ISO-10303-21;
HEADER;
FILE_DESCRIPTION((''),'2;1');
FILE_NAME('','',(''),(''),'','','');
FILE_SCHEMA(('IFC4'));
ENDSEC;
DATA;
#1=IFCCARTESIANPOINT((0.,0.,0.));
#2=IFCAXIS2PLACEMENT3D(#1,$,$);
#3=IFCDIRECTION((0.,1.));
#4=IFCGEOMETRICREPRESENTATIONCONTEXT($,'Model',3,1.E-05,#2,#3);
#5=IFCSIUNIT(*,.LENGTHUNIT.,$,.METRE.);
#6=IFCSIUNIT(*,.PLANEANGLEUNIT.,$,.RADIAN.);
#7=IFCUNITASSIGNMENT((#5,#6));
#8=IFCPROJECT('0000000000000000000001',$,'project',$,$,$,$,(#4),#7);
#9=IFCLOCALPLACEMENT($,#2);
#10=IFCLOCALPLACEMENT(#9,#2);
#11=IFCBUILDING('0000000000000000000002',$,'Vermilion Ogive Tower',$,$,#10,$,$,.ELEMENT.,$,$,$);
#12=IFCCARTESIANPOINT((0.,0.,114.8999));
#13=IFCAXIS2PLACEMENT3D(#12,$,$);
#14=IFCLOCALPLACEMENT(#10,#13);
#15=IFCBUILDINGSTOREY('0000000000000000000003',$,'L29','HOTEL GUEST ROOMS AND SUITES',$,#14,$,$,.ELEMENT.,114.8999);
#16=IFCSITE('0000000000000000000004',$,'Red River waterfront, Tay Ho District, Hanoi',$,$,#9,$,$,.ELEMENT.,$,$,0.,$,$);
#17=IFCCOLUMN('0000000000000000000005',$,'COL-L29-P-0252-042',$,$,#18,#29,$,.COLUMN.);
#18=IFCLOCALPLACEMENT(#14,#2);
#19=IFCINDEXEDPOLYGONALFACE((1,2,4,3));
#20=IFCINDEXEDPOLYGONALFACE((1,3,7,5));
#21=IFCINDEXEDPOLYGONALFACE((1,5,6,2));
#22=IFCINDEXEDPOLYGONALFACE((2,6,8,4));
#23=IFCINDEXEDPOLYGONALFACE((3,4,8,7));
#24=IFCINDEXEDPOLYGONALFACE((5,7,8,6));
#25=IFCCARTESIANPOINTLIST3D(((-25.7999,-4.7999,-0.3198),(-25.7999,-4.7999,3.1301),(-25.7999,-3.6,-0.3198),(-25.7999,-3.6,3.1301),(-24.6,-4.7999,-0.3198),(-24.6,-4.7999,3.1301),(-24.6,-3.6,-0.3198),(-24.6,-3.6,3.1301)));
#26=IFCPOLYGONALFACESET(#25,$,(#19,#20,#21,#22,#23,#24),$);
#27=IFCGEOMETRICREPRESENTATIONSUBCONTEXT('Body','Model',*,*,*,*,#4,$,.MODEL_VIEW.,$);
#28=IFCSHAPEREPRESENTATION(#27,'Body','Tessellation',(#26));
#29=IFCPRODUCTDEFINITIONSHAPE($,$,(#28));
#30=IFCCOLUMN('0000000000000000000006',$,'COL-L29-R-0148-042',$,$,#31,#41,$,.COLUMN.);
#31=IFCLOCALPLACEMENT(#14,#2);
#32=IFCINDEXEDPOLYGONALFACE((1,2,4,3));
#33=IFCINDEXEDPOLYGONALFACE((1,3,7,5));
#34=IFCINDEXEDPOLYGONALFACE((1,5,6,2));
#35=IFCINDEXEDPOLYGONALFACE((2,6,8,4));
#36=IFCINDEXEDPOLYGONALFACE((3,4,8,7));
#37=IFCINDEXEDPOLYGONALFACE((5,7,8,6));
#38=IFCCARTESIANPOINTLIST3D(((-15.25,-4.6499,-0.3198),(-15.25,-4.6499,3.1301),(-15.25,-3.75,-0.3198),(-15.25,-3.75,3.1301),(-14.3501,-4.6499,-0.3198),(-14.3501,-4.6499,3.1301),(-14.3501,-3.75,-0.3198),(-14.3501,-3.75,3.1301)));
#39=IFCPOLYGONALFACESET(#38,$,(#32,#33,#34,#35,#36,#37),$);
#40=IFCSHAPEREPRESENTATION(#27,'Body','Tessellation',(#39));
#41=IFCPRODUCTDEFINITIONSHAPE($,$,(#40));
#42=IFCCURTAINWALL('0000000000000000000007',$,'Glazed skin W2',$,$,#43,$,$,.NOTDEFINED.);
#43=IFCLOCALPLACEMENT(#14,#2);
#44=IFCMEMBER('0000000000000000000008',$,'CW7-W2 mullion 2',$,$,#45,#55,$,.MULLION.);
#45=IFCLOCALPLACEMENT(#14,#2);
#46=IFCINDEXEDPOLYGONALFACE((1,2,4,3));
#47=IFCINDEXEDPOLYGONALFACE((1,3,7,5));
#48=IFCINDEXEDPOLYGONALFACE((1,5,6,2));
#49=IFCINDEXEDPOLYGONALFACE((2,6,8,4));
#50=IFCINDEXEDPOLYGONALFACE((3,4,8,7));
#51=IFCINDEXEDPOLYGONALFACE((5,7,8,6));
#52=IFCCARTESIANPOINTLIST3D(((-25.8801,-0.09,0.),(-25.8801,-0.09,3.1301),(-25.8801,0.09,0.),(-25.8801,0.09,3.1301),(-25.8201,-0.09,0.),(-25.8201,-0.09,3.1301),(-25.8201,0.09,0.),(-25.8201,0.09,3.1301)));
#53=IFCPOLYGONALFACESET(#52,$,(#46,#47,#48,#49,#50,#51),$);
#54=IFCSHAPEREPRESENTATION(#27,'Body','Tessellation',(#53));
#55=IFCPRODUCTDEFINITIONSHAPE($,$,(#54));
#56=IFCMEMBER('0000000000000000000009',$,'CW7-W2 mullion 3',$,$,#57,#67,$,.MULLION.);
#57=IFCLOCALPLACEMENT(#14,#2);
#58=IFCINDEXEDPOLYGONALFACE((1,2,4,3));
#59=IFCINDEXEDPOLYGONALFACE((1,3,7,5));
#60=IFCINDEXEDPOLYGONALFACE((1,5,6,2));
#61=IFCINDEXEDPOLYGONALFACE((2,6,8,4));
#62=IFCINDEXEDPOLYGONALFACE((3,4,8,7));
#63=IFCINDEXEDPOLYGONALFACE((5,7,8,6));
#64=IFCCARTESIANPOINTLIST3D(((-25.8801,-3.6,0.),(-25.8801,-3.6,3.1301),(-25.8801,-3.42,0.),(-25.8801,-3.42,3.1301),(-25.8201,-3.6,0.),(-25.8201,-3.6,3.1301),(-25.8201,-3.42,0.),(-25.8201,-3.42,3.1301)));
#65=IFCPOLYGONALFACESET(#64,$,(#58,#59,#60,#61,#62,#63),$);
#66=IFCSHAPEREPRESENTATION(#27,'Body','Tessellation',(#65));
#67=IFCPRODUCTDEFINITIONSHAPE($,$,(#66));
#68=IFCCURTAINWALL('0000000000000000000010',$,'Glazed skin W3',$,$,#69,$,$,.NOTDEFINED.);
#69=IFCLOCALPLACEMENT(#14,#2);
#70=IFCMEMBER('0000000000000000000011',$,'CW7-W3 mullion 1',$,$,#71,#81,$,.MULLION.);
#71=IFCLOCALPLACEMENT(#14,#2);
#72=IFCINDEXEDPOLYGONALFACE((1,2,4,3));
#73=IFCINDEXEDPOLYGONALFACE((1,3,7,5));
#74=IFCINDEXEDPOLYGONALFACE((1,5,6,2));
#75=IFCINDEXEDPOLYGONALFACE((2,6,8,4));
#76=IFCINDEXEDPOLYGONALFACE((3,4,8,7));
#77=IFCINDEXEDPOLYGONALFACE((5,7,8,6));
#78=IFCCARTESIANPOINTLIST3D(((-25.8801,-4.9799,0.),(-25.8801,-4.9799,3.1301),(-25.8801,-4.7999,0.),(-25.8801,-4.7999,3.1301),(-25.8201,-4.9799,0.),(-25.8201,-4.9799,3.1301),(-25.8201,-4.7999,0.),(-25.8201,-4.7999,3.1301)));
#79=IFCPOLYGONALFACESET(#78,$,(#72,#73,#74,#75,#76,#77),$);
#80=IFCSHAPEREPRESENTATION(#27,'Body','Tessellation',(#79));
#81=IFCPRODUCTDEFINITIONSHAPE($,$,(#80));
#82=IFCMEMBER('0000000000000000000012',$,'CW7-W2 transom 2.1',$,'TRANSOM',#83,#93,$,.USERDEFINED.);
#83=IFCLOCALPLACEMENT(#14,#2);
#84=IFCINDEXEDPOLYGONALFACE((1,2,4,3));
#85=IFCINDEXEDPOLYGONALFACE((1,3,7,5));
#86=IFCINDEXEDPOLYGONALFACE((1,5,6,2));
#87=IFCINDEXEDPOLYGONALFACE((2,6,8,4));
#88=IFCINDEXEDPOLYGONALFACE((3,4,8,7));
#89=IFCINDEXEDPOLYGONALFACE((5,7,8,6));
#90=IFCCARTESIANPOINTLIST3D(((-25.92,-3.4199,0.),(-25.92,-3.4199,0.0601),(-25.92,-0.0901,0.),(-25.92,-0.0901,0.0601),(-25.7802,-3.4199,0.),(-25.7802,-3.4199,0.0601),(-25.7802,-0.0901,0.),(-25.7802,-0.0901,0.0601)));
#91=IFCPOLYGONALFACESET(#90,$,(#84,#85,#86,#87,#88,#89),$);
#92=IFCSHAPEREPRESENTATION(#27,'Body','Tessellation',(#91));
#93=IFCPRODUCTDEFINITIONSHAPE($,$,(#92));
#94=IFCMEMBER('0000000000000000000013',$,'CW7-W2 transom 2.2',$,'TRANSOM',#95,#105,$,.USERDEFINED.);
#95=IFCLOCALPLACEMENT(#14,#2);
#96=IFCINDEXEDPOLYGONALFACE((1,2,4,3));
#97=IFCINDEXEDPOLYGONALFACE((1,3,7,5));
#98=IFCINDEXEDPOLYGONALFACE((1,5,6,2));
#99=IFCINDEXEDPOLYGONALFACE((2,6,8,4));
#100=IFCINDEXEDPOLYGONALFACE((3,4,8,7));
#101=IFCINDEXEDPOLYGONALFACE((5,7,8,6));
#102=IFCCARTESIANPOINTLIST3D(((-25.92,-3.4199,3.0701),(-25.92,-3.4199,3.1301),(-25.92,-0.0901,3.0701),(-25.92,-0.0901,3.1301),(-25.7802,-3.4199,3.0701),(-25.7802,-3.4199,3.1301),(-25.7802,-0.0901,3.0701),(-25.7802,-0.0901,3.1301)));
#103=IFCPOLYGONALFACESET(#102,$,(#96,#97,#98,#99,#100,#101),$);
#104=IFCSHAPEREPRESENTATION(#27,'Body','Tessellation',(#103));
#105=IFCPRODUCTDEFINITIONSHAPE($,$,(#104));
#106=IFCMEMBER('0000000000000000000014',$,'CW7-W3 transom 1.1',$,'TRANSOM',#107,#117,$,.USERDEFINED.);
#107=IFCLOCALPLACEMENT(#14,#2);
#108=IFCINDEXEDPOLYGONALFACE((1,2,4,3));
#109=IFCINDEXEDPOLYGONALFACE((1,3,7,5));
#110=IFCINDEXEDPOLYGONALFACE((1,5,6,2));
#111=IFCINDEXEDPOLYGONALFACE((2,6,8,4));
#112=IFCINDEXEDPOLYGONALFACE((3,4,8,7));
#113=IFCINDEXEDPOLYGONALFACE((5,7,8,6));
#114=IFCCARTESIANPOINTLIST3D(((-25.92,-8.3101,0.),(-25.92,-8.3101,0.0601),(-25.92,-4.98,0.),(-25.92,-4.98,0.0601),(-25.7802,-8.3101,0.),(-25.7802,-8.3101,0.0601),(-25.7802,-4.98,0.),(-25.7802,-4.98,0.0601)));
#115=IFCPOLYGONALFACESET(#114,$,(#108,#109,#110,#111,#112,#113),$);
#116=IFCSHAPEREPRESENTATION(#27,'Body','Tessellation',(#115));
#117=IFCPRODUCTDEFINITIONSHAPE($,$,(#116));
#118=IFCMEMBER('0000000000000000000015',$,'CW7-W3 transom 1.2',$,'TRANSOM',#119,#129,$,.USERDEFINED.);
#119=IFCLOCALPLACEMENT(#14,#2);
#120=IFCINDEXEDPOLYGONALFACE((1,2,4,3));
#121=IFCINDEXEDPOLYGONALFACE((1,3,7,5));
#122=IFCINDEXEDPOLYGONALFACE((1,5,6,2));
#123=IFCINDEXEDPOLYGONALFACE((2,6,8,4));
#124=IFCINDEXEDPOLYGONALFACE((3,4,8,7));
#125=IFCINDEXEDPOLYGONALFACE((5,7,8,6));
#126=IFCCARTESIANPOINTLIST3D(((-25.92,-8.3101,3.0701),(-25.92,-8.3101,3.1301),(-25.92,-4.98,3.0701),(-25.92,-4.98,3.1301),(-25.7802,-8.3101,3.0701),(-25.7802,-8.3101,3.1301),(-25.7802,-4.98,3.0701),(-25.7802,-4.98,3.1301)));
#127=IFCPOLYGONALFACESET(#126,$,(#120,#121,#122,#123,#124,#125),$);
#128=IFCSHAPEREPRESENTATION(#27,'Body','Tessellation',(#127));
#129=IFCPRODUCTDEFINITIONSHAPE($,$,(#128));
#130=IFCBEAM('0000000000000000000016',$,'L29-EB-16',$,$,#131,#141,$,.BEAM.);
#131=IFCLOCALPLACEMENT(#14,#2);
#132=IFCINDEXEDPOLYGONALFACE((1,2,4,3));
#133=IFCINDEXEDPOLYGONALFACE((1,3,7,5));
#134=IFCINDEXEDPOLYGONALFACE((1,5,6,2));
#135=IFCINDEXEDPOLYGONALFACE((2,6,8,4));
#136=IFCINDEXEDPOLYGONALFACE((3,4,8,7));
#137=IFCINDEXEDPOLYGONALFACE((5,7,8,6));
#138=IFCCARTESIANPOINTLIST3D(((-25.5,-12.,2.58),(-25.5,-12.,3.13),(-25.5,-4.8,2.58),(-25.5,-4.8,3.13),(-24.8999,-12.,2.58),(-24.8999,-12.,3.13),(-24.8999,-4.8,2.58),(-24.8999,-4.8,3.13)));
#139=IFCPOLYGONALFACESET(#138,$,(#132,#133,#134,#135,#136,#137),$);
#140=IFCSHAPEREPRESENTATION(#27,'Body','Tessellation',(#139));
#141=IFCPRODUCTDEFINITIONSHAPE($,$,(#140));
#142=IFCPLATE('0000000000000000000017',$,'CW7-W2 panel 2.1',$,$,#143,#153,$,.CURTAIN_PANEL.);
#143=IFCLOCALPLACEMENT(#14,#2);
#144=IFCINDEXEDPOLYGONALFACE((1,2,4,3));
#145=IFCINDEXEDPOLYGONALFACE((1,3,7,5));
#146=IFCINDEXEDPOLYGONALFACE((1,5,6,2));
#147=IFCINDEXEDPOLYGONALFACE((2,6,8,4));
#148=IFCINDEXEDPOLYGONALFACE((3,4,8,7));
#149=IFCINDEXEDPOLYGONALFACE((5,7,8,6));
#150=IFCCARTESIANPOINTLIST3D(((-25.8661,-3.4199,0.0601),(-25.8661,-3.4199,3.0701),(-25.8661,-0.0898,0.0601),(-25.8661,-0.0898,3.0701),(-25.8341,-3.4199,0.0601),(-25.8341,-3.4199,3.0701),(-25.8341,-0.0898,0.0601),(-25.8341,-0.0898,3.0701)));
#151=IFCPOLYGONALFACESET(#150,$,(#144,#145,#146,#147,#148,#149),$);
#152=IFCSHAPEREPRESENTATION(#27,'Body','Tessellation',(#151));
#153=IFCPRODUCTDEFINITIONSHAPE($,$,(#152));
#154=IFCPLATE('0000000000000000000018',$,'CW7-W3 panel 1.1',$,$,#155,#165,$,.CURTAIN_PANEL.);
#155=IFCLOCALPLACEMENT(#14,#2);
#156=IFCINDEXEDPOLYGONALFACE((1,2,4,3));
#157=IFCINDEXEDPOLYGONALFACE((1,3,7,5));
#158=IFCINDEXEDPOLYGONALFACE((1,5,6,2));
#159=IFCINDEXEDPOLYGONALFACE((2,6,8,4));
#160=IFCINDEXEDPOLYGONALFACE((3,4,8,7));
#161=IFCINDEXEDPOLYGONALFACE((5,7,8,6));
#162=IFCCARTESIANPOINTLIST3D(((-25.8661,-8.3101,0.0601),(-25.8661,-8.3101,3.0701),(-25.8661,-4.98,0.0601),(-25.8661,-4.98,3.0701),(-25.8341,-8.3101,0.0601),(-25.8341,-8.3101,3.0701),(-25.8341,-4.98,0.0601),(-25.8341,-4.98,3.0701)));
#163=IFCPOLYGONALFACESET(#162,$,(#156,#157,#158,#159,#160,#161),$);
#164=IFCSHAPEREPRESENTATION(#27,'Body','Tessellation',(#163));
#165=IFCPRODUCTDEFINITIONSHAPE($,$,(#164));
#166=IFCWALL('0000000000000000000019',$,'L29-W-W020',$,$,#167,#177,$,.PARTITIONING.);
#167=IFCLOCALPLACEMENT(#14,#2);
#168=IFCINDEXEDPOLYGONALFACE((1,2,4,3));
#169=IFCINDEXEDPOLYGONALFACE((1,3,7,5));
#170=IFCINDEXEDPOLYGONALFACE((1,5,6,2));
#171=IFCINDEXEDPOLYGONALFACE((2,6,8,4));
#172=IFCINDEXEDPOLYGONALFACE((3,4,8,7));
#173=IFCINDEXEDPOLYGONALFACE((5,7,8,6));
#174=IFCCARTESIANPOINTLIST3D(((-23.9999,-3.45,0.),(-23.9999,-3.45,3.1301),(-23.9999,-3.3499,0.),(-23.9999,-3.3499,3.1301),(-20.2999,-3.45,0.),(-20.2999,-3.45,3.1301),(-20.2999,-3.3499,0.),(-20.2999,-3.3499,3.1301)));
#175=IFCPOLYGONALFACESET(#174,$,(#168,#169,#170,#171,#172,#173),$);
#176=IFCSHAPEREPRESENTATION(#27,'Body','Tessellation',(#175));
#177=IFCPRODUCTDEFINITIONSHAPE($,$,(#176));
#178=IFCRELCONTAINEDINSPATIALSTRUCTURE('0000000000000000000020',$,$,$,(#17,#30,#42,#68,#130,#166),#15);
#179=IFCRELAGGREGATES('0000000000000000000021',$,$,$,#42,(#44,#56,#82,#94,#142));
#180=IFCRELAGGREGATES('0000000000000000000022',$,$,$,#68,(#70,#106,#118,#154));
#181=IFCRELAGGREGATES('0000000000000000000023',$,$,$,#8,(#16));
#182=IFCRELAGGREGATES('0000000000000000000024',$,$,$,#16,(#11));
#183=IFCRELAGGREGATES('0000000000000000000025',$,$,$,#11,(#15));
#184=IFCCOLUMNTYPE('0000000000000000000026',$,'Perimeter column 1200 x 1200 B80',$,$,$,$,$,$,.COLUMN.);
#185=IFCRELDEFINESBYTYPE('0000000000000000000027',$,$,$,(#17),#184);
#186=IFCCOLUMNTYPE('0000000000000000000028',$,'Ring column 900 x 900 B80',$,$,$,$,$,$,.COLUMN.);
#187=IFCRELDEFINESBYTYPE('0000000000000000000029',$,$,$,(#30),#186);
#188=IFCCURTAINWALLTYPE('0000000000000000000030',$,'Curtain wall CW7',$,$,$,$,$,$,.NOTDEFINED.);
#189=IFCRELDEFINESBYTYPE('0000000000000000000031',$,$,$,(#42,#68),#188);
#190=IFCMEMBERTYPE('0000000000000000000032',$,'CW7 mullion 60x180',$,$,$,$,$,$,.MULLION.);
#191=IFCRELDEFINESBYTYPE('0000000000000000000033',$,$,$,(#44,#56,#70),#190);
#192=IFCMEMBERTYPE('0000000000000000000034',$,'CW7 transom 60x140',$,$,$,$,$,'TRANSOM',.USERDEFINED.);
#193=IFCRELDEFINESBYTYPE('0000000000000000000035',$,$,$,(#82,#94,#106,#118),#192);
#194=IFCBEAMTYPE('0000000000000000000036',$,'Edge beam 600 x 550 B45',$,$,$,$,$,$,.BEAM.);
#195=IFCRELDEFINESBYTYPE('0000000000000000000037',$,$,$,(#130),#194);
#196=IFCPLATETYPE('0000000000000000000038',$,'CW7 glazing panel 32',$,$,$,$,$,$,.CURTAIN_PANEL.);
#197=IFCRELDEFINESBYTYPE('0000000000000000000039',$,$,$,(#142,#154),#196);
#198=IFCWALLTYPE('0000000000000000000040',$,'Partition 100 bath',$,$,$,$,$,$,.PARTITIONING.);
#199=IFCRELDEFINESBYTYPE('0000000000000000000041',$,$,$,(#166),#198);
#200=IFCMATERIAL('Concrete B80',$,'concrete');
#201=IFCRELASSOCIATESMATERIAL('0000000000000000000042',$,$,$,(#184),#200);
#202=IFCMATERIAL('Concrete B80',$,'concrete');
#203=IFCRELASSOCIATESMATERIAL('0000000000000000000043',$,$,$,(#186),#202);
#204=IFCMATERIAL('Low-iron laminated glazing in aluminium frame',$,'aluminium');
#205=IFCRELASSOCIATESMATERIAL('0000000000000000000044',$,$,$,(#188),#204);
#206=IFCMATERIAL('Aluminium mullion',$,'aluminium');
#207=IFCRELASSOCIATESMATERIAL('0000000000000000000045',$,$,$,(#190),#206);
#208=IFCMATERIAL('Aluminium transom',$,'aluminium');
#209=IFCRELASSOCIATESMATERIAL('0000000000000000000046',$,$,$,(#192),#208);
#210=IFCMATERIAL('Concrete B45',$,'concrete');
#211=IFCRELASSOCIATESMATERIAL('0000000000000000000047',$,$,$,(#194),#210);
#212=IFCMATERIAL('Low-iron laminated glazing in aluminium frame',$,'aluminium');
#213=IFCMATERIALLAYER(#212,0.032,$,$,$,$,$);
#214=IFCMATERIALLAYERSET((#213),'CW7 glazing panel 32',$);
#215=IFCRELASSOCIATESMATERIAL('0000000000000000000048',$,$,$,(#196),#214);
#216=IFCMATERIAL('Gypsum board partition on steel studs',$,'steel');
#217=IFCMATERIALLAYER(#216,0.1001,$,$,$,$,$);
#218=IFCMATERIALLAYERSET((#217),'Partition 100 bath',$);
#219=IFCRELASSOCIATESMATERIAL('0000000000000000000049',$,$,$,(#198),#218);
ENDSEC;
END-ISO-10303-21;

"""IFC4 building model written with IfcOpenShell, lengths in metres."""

from ifc_helpers import new_model, si_unit, direction, frame, frame_2d, origin, origin_2d, place, context, subcontext, project, spatial, rectangle, extrude, material, layer, layer_set, material_profile, profile_set, type_object, element, aggregate, save


model = new_model("IFC4")

# Units and contexts
model_context = context("Model", 3, precision=1e-05, world=origin(), true_north=direction((0.0, 1.0)))
body_context = subcontext(model_context, "Body", "Model", "MODEL_VIEW")
ifc_project = project(units=[si_unit("LENGTHUNIT", "METRE"), si_unit("PLANEANGLEUNIT", "RADIAN")], contexts=[model_context])

# Site, building, storey
site_placement = place(None, origin())
site = spatial("IfcSite", under=ifc_project, at=site_placement, Name="Red River waterfront, Tay Ho District, Hanoi", CompositionType="ELEMENT", RefElevation=0.0)
building_placement = place(site_placement, origin())
building = spatial("IfcBuilding", under=site, at=building_placement, Name="Vermilion Ogive Tower", CompositionType="ELEMENT")
storey_placement = place(building_placement, frame((0.0, 0.0, 114.8999)))
storey = spatial("IfcBuildingStorey", under=building, at=storey_placement, Name="L29", Description="HOTEL GUEST ROOMS AND SUITES", CompositionType="ELEMENT", Elevation=114.8999)

# Columns
ifc_material_1 = material(Name="Concrete B80", Category="concrete")
ifc_material_profile_1 = material_profile(ifc_material_1, rectangle(XDim=1.2, YDim=1.2, at=origin_2d()), Name="1200 x 1200")
ifc_profile_set_1 = profile_set([ifc_material_profile_1], Name="Concrete B80")
column_type_1 = type_object("IfcColumnType", Name="Perimeter column 1200 x 1200 B80", PredefinedType="COLUMN", material=ifc_profile_set_1)
column_1_placement = place(storey_placement, frame((-25.2, -4.2, -0.3198), z_axis=(0.0, 0.0, 1.0), x_axis=(1.0, 0.0, 0.0)))
element("IfcColumn", 1, at=column_1_placement, inside=storey, type_object=column_type_1, Name="COL-L29-P-0252-042", PredefinedType="COLUMN", context=body_context, shape_type="SweptSolid", body=[
    extrude(rectangle(XDim=1.2, YDim=1.2, at=origin_2d()), origin(), (0.0, 0.0, 1.0), 3.45),
])
ifc_material_2 = material(Name="Concrete B80", Category="concrete")
ifc_material_profile_2 = material_profile(ifc_material_2, rectangle(XDim=0.8999, YDim=0.8999, at=origin_2d()), Name="900 x 900")
ifc_profile_set_2 = profile_set([ifc_material_profile_2], Name="Concrete B80")
column_type_2 = type_object("IfcColumnType", Name="Ring column 900 x 900 B80", PredefinedType="COLUMN", material=ifc_profile_set_2)
column_2_placement = place(storey_placement, frame((-14.8, -4.2, -0.3198), z_axis=(0.0, 0.0, 1.0), x_axis=(1.0, 0.0, 0.0)))
element("IfcColumn", 2, at=column_2_placement, inside=storey, type_object=column_type_2, Name="COL-L29-R-0148-042", PredefinedType="COLUMN", context=body_context, shape_type="SweptSolid", body=[
    extrude(rectangle(XDim=0.8999, YDim=0.8999, at=origin_2d()), origin(), (0.0, 0.0, 1.0), 3.45),
])

# Curtain wall, members
ifc_material_3 = material(Name="Low-iron laminated glazing in aluminium frame", Category="aluminium")
curtain_wall_type = type_object("IfcCurtainWallType", Name="Curtain wall CW7", PredefinedType="NOTDEFINED", material=ifc_material_3)
curtain_wall_1_placement = place(storey_placement, origin())
curtain_wall_1 = element("IfcCurtainWall", 3, at=curtain_wall_1_placement, inside=storey, type_object=curtain_wall_type, Name="Glazed skin W2", PredefinedType="NOTDEFINED")
ifc_material_4 = material(Name="Aluminium mullion", Category="aluminium")
ifc_material_profile_3 = material_profile(ifc_material_4, rectangle(XDim=0.0601, YDim=0.1799, at=origin_2d()), Name="AL 60x180")
ifc_profile_set_3 = profile_set([ifc_material_profile_3], Name="Aluminium mullion")
member_type_1 = type_object("IfcMemberType", Name="CW7 mullion 60x180", PredefinedType="MULLION", material=ifc_profile_set_3)
member_1_placement = place(storey_placement, frame((-25.8501, 0.0, 0.0), z_axis=(0.0, 0.0, 1.0), x_axis=(1.0, 0.0, 0.0)))
member_1 = element("IfcMember", 4, at=member_1_placement, type_object=member_type_1, Name="CW7-W2 mullion 2", PredefinedType="MULLION", context=body_context, shape_type="SweptSolid", body=[
    extrude(rectangle(XDim=0.0601, YDim=0.1799, at=origin_2d()), origin(), (0.0, 0.0, 1.0), 3.1301),
])
member_2_placement = place(storey_placement, frame((-25.8501, -3.51, 0.0), z_axis=(0.0, 0.0, 1.0), x_axis=(1.0, 0.0, 0.0)))
member_2 = element("IfcMember", 5, at=member_2_placement, type_object=member_type_1, Name="CW7-W2 mullion 3", PredefinedType="MULLION", context=body_context, shape_type="SweptSolid", body=[
    extrude(rectangle(XDim=0.0601, YDim=0.1799, at=origin_2d()), origin(), (0.0, 0.0, 1.0), 3.1301),
])

# Curtain wall, member
curtain_wall_2_placement = place(storey_placement, origin())
curtain_wall_2 = element("IfcCurtainWall", 6, at=curtain_wall_2_placement, inside=storey, type_object=curtain_wall_type, Name="Glazed skin W3", PredefinedType="NOTDEFINED")
member_3_placement = place(storey_placement, frame((-25.8501, -4.8899, 0.0), z_axis=(0.0, 0.0, 1.0), x_axis=(1.0, 0.0, 0.0)))
member_3 = element("IfcMember", 7, at=member_3_placement, type_object=member_type_1, Name="CW7-W3 mullion 1", PredefinedType="MULLION", context=body_context, shape_type="SweptSolid", body=[
    extrude(rectangle(XDim=0.0601, YDim=0.1799, at=origin_2d()), origin(), (0.0, 0.0, 1.0), 3.1301),
])

# Members
ifc_material_5 = material(Name="Aluminium transom", Category="aluminium")
ifc_material_profile_4 = material_profile(ifc_material_5, rectangle(XDim=0.1399, YDim=0.0601, at=origin_2d()), Name="AL 60x140")
ifc_profile_set_4 = profile_set([ifc_material_profile_4], Name="Aluminium transom")
member_type_2 = type_object("IfcMemberType", Name="CW7 transom 60x140", ElementType="TRANSOM", PredefinedType="USERDEFINED", material=ifc_profile_set_4)
member_4_placement = place(storey_placement, frame((-25.8501, -0.0901, 0.03), z_axis=(0.0, -1.0, 0.0), x_axis=(1.0, 0.0, 0.0)))
member_4 = element("IfcMember", 8, at=member_4_placement, type_object=member_type_2, Name="CW7-W2 transom 2.1", ObjectType="TRANSOM", PredefinedType="USERDEFINED", context=body_context, shape_type="SweptSolid", body=[
    extrude(rectangle(XDim=0.1399, YDim=0.0601, at=origin_2d()), origin(), (0.0, 0.0, 1.0), 3.3298),
])
member_5_placement = place(storey_placement, frame((-25.8501, -0.0901, 3.1001), z_axis=(0.0, -1.0, 0.0), x_axis=(1.0, 0.0, 0.0)))
member_5 = element("IfcMember", 9, at=member_5_placement, type_object=member_type_2, Name="CW7-W2 transom 2.2", ObjectType="TRANSOM", PredefinedType="USERDEFINED", context=body_context, shape_type="SweptSolid", body=[
    extrude(rectangle(XDim=0.1399, YDim=0.0601, at=origin_2d()), origin(), (0.0, 0.0, 1.0), 3.3298),
])
member_6_placement = place(storey_placement, frame((-25.8501, -4.98, 0.03), z_axis=(0.0, -1.0, 0.0), x_axis=(1.0, 0.0, 0.0)))
member_6 = element("IfcMember", 10, at=member_6_placement, type_object=member_type_2, Name="CW7-W3 transom 1.1", ObjectType="TRANSOM", PredefinedType="USERDEFINED", context=body_context, shape_type="SweptSolid", body=[
    extrude(rectangle(XDim=0.1399, YDim=0.0601, at=origin_2d()), origin(), (0.0, 0.0, 1.0), 3.3301),
])
member_7_placement = place(storey_placement, frame((-25.8501, -4.98, 3.1001), z_axis=(0.0, -1.0, 0.0), x_axis=(1.0, 0.0, 0.0)))
member_7 = element("IfcMember", 11, at=member_7_placement, type_object=member_type_2, Name="CW7-W3 transom 1.2", ObjectType="TRANSOM", PredefinedType="USERDEFINED", context=body_context, shape_type="SweptSolid", body=[
    extrude(rectangle(XDim=0.1399, YDim=0.0601, at=origin_2d()), origin(), (0.0, 0.0, 1.0), 3.3301),
])

# Beam
ifc_material_6 = material(Name="Concrete B45", Category="concrete")
ifc_material_profile_5 = material_profile(ifc_material_6, rectangle(XDim=0.6001, YDim=0.55, at=origin_2d()), Name="600 x 550")
ifc_profile_set_5 = profile_set([ifc_material_profile_5], Name="Concrete B45")
beam_type = type_object("IfcBeamType", Name="Edge beam 600 x 550 B45", PredefinedType="BEAM", material=ifc_profile_set_5)
beam_placement = place(storey_placement, frame((-25.2, -4.8, 2.855), z_axis=(0.0, -1.0, 0.0), x_axis=(1.0, 0.0, 0.0)))
element("IfcBeam", 12, at=beam_placement, inside=storey, type_object=beam_type, Name="L29-EB-16", PredefinedType="BEAM", context=body_context, shape_type="SweptSolid", body=[
    extrude(rectangle(XDim=0.6001, YDim=0.55, at=origin_2d()), origin(), (0.0, 0.0, 1.0), 7.2),
])

# Plates
ifc_material_7 = material(Name="Low-iron laminated glazing in aluminium frame", Category="aluminium")
ifc_layer_1 = layer(ifc_material_7, 0.032)
ifc_layer_set_1 = layer_set([ifc_layer_1], Name="CW7 glazing panel 32")
plate_type = type_object("IfcPlateType", Name="CW7 glazing panel 32", PredefinedType="CURTAIN_PANEL", material=ifc_layer_set_1)
plate_1_placement = place(storey_placement, frame((-25.8501, -1.7549, 0.0601), z_axis=(0.0, 0.0, 1.0), x_axis=(0.0, -1.0, 0.0)))
plate_1 = element("IfcPlate", 13, at=plate_1_placement, type_object=plate_type, Name="CW7-W2 panel 2.1", PredefinedType="CURTAIN_PANEL", context=body_context, shape_type="SweptSolid", body=[
    extrude(rectangle(XDim=3.3301, YDim=0.032, at=origin_2d()), origin(), (0.0, 0.0, 1.0), 3.01),
])
aggregate(curtain_wall_1, [member_1, member_2, member_4, member_5, plate_1])
plate_2_placement = place(storey_placement, frame((-25.8501, -6.645, 0.0601), z_axis=(0.0, 0.0, 1.0), x_axis=(0.0, -1.0, 0.0)))
plate_2 = element("IfcPlate", 14, at=plate_2_placement, type_object=plate_type, Name="CW7-W3 panel 1.1", PredefinedType="CURTAIN_PANEL", context=body_context, shape_type="SweptSolid", body=[
    extrude(rectangle(XDim=3.3301, YDim=0.032, at=origin_2d()), origin(), (0.0, 0.0, 1.0), 3.01),
])
aggregate(curtain_wall_2, [member_3, member_6, member_7, plate_2])

# Wall
ifc_material_8 = material(Name="Gypsum board partition on steel studs", Category="steel")
ifc_layer_2 = layer(ifc_material_8, 0.1001)
ifc_layer_set_2 = layer_set([ifc_layer_2], Name="Partition 100 bath")
wall_type_1 = type_object("IfcWallType", Name="Partition 100 bath", PredefinedType="PARTITIONING", material=ifc_layer_set_2)
wall_1_placement = place(storey_placement, frame((-24.0, -3.3999, 0.0), z_axis=(0.0, 0.0, 1.0), x_axis=(1.0, 0.0, 0.0)))
element("IfcWall", 15, at=wall_1_placement, inside=storey, type_object=wall_type_1, Name="L29-W-W020", PredefinedType="PARTITIONING", context=body_context, shape_type="SweptSolid", body=[
    extrude(rectangle(XDim=3.7, YDim=0.1001, at=frame_2d((1.8501, 0.0))), origin(), (0.0, 0.0, 1.0), 3.1301),
])

save(model, "model.ifc")
